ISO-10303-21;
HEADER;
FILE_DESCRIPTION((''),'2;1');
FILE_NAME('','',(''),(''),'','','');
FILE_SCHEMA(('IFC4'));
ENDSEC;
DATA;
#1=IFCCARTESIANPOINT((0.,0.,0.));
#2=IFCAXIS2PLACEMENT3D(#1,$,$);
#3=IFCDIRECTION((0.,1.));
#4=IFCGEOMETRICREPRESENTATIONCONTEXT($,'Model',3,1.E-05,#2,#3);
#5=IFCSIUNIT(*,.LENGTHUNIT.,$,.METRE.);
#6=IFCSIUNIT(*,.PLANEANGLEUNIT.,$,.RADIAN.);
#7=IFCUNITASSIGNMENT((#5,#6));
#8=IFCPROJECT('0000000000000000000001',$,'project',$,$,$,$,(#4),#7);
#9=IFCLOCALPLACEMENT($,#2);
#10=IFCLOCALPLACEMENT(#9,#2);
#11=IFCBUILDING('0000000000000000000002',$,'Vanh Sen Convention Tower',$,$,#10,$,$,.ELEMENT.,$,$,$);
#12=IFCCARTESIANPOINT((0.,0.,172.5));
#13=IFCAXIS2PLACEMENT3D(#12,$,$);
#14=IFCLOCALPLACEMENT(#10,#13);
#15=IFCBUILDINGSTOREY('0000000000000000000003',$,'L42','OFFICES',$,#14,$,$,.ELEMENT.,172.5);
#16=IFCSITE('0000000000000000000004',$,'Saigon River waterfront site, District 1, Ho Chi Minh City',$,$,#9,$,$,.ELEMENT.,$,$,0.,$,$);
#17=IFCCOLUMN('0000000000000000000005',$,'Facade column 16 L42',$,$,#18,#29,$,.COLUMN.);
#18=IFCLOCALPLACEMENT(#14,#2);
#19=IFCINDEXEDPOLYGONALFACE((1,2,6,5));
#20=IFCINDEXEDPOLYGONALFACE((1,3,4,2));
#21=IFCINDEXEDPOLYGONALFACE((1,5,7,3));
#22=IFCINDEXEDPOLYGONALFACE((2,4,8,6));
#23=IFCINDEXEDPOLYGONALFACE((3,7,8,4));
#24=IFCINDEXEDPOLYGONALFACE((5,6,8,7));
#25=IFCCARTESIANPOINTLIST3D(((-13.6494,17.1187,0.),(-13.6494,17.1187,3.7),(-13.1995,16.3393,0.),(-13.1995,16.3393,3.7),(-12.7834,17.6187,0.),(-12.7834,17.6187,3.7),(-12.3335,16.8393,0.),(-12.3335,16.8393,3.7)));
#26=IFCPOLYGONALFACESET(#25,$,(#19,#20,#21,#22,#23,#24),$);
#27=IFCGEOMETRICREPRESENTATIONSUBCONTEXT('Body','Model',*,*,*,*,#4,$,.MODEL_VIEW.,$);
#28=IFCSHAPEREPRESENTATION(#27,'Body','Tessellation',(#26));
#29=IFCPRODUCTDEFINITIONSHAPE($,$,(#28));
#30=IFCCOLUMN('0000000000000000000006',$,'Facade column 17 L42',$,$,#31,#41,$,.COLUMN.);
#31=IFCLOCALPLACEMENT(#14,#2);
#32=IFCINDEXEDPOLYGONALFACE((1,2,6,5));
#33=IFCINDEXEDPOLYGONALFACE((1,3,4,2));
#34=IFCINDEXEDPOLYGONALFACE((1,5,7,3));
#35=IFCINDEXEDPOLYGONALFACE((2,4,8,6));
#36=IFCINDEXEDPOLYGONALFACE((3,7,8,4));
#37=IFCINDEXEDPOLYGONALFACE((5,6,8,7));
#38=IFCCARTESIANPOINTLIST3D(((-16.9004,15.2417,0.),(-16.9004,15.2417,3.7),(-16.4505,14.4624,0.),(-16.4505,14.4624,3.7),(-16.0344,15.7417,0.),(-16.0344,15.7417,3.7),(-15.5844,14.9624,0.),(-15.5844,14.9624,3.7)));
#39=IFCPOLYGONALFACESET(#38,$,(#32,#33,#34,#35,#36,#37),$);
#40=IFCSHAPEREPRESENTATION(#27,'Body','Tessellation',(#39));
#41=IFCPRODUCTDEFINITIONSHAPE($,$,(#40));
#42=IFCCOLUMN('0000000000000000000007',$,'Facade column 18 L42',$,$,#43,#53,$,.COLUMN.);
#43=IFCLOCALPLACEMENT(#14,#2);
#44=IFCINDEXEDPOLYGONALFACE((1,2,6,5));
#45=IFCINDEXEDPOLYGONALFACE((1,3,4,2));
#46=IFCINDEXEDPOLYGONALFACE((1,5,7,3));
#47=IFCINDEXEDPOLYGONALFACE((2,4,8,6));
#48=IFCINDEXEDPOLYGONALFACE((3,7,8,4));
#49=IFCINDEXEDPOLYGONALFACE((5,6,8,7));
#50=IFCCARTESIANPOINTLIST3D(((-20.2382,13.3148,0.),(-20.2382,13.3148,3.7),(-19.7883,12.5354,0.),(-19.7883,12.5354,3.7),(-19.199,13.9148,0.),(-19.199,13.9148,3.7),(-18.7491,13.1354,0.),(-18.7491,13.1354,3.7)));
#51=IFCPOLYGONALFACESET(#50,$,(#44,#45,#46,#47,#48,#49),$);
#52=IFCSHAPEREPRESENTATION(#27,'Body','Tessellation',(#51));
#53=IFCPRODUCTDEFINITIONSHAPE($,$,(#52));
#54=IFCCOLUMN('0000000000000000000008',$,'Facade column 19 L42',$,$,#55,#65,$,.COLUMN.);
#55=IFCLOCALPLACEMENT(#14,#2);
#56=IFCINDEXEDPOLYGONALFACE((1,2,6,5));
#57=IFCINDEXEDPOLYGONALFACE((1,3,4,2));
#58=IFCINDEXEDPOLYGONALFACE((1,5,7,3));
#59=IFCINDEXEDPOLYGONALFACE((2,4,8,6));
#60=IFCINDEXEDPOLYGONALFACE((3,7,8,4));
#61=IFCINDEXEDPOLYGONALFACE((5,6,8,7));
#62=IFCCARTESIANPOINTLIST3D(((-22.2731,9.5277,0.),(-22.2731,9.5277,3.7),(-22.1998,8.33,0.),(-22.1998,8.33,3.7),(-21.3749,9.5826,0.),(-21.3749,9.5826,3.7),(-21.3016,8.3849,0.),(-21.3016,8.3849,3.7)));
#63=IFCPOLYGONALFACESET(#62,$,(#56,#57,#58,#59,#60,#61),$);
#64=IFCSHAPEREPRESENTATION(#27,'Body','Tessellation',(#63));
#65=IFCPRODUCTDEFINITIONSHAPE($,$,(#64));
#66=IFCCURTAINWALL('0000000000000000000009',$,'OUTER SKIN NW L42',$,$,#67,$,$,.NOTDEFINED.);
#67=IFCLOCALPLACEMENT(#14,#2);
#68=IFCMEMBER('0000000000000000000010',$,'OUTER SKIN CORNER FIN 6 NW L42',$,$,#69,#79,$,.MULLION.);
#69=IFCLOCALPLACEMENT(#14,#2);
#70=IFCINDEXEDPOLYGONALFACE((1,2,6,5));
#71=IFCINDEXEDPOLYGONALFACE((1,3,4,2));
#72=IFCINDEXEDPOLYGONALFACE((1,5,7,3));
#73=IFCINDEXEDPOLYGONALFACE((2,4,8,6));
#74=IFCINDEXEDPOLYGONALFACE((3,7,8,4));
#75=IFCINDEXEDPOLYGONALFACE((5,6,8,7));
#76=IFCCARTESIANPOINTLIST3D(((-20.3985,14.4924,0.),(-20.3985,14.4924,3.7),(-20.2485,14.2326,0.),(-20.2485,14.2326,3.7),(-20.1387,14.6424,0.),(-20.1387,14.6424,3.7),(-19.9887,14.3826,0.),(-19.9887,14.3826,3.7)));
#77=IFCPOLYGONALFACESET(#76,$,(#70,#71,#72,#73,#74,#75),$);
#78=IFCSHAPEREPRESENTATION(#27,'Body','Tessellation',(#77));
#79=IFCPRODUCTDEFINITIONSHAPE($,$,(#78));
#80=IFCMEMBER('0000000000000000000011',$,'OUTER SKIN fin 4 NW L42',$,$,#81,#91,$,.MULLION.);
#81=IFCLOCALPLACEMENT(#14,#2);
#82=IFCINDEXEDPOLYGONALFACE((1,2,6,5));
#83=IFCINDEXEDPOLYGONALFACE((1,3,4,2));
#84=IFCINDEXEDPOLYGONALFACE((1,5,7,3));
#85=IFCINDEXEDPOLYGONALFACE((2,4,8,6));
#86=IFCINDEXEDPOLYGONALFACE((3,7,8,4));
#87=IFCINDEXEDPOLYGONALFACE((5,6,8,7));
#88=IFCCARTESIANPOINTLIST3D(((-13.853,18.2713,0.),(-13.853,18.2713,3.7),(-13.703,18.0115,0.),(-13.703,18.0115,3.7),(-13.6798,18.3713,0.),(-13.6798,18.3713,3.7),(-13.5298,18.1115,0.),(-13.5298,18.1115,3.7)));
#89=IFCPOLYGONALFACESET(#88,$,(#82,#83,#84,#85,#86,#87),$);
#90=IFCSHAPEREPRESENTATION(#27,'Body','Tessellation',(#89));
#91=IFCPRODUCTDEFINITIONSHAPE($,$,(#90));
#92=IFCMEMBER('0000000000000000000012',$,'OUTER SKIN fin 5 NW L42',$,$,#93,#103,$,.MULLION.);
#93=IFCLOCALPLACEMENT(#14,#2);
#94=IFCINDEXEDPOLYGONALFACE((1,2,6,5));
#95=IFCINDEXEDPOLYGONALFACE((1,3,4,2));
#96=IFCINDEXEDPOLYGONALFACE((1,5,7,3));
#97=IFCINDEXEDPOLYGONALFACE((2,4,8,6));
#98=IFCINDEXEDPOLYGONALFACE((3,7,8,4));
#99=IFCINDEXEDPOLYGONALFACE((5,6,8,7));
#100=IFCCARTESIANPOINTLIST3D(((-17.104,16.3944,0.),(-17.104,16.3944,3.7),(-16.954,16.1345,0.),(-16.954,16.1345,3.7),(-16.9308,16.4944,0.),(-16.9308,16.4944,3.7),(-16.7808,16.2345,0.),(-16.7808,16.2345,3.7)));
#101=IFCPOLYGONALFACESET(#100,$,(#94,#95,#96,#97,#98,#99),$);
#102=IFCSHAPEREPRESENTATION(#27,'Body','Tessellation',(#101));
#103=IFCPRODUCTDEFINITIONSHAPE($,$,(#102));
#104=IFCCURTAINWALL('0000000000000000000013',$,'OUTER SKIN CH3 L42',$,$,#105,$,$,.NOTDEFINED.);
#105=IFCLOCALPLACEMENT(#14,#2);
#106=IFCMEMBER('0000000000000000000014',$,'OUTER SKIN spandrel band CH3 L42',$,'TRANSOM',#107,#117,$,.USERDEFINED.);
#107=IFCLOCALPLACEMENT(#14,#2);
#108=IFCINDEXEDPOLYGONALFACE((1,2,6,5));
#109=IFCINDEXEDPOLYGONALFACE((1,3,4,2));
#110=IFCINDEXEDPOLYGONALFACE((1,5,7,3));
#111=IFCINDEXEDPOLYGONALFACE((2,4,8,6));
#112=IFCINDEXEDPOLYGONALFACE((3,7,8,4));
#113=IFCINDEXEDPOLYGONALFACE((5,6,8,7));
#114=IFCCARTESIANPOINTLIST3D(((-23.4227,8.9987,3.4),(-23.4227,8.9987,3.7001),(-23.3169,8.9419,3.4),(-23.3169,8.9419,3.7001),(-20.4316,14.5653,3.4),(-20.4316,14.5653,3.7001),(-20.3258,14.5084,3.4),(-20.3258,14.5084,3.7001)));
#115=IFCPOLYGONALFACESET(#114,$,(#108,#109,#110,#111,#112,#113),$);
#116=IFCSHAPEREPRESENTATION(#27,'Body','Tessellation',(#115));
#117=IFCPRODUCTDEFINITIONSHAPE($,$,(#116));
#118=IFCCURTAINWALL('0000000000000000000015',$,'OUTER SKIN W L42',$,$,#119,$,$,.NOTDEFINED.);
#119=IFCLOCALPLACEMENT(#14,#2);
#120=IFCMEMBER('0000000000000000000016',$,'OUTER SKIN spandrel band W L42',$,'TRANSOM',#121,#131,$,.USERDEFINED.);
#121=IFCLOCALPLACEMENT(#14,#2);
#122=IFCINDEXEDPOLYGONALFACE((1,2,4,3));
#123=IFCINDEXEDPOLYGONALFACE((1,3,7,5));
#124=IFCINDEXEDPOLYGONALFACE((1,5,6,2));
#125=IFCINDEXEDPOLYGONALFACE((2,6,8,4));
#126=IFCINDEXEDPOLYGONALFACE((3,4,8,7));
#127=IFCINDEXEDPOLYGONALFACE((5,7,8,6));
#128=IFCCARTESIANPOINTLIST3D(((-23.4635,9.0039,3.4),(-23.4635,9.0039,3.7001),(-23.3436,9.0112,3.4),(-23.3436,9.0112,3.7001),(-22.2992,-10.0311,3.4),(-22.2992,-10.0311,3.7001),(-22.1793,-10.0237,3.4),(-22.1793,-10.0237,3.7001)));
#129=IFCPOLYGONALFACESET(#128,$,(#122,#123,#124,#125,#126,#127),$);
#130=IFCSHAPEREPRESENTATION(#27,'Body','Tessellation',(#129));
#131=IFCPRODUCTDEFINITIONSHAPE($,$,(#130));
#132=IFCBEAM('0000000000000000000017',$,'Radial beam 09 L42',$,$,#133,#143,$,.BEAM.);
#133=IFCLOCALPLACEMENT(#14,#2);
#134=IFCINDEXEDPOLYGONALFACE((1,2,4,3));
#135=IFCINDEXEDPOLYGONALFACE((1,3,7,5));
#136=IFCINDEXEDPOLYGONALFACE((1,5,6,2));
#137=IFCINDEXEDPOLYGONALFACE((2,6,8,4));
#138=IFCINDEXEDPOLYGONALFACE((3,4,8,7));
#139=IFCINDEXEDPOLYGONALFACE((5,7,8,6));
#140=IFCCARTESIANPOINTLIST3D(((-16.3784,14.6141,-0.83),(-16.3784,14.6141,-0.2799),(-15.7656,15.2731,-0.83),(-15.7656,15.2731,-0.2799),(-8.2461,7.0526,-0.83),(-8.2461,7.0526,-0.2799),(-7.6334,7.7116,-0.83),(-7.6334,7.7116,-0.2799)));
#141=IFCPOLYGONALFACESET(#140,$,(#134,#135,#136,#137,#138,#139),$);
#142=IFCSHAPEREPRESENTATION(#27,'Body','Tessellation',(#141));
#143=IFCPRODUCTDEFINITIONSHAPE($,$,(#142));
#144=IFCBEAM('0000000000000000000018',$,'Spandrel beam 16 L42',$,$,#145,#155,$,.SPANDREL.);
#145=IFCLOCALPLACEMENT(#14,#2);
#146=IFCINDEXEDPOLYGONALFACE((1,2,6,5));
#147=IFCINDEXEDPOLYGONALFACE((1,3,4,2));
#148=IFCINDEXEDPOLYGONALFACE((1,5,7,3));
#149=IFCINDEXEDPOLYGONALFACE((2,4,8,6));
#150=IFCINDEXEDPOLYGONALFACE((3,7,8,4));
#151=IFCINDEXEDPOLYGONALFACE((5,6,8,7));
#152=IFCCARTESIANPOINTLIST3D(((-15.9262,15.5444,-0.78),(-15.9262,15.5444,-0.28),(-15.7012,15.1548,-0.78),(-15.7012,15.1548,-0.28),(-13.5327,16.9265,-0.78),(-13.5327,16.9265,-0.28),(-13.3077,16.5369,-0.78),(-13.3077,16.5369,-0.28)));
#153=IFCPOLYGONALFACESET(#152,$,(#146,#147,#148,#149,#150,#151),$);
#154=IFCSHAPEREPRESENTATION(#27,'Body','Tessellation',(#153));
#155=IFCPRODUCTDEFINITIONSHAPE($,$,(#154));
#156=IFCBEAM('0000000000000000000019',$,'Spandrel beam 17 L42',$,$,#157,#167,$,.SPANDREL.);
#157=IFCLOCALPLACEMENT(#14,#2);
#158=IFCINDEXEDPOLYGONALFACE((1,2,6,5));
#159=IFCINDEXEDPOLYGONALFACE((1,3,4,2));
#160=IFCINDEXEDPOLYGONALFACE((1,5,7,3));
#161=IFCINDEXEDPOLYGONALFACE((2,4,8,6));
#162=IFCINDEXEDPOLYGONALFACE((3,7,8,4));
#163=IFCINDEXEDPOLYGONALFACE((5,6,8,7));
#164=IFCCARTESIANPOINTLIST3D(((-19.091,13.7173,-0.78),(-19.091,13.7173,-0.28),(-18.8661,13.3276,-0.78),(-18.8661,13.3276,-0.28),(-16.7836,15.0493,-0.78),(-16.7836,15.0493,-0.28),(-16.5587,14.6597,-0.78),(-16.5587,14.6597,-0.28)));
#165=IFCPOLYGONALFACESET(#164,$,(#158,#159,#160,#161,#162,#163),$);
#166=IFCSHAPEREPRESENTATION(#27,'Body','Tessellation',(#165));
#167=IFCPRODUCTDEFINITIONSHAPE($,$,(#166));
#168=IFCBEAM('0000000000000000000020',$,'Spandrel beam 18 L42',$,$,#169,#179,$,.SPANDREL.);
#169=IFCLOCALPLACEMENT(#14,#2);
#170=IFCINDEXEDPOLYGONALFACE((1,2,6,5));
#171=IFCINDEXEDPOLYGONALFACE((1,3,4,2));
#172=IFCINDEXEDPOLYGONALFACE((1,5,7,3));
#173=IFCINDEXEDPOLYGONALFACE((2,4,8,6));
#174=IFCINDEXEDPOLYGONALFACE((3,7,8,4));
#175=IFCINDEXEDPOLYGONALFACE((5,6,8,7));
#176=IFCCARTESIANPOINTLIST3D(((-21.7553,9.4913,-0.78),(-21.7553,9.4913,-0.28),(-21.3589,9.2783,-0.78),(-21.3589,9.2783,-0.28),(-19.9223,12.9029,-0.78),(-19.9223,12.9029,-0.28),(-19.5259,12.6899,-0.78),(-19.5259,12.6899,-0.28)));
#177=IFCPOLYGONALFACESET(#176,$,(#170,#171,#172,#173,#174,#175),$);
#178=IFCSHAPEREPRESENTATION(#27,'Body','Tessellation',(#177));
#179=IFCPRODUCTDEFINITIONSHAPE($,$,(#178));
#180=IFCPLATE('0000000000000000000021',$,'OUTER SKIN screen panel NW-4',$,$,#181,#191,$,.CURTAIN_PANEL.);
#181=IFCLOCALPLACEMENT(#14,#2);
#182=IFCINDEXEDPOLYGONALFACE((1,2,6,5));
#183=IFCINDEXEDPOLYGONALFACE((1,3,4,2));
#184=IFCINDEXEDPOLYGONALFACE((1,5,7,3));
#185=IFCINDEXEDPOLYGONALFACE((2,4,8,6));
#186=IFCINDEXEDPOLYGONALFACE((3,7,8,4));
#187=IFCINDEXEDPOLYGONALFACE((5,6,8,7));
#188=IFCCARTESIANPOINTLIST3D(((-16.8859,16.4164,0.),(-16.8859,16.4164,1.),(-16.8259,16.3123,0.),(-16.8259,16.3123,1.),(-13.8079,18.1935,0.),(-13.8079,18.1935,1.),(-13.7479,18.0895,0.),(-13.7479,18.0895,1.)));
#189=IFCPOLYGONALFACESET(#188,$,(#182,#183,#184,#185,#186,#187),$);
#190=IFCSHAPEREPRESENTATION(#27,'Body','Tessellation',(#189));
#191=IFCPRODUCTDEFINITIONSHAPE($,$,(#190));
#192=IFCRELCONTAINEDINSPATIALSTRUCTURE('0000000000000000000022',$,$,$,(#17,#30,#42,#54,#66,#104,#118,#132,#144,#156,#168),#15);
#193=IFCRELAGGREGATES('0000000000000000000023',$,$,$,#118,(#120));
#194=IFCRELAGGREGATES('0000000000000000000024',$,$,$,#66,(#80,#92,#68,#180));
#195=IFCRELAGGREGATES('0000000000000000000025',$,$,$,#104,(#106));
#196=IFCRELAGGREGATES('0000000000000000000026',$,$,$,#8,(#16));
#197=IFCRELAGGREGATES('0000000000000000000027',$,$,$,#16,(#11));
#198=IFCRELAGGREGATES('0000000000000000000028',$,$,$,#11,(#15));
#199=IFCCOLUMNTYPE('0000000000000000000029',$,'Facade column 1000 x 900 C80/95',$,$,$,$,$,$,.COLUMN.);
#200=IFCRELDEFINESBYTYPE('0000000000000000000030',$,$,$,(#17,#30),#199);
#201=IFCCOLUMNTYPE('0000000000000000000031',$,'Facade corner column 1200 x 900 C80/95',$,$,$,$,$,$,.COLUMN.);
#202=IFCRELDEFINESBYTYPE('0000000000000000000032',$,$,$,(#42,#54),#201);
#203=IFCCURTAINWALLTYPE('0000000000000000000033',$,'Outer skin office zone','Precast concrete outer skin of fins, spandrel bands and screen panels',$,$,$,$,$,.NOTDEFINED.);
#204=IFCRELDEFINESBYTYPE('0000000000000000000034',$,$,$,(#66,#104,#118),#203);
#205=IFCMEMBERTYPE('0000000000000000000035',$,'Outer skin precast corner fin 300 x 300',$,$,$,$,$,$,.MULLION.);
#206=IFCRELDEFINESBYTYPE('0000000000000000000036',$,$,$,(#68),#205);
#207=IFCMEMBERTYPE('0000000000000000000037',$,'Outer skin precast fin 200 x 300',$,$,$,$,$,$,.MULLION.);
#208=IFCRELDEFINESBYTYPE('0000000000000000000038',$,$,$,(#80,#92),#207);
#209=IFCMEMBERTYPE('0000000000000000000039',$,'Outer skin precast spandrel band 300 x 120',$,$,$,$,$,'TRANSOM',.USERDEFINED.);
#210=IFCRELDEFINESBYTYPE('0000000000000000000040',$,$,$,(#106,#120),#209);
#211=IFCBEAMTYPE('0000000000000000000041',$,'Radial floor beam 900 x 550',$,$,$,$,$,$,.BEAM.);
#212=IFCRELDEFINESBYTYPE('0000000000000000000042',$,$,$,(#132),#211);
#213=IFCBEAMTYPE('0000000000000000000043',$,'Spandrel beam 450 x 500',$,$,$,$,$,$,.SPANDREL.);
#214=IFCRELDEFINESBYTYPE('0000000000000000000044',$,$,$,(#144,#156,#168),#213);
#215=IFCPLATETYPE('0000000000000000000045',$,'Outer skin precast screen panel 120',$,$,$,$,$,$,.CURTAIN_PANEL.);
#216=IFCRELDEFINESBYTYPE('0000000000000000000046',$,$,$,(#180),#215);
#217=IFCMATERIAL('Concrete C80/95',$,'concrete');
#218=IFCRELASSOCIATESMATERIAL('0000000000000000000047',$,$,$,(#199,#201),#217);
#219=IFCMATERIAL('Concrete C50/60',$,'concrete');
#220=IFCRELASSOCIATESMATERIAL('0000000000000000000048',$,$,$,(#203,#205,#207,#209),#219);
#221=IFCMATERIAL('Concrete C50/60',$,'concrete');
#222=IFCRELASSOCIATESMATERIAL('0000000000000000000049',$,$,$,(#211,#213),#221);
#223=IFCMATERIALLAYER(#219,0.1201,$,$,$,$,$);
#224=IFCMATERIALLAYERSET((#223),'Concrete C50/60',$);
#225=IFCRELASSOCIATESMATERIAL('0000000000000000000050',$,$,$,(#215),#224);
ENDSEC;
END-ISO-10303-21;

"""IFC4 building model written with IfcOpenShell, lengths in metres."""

from ifc_helpers import new_model, si_unit, direction, frame, origin, origin_2d, place, context, subcontext, project, spatial, rectangle, extrude, material, layer, layer_set, material_profile, profile_set, type_object, element, aggregate, save


model = new_model("IFC4")

# Units and contexts
model_context = context("Model", 3, precision=1e-05, world=origin(), true_north=direction((0.0, 1.0)))
body_context = subcontext(model_context, "Body", "Model", "MODEL_VIEW")
ifc_project = project(units=[si_unit("LENGTHUNIT", "METRE"), si_unit("PLANEANGLEUNIT", "RADIAN")], contexts=[model_context])

# Site, building, storey
site_placement = place(None, origin())
site = spatial("IfcSite", under=ifc_project, at=site_placement, Name="Saigon River waterfront site, District 1, Ho Chi Minh City", CompositionType="ELEMENT", RefElevation=0.0)
building_placement = place(site_placement, origin())
building = spatial("IfcBuilding", under=site, at=building_placement, Name="Vanh Sen Convention Tower", CompositionType="ELEMENT")
storey_placement = place(building_placement, frame((0.0, 0.0, 172.5)))
storey = spatial("IfcBuildingStorey", under=building, at=storey_placement, Name="L42", Description="OFFICES", CompositionType="ELEMENT", Elevation=172.5)

# Columns
ifc_material_1 = material(Name="Concrete C80/95", Category="concrete")
ifc_material_profile_1 = material_profile(ifc_material_1, rectangle(XDim=1.0, YDim=0.8999, at=origin_2d()), Name="RC 1000X900")
ifc_profile_set_1 = profile_set([ifc_material_profile_1], Name="Concrete C80/95")
column_type_1 = type_object("IfcColumnType", Name="Facade column 1000 x 900 C80/95", PredefinedType="COLUMN", material=ifc_profile_set_1)
for number, where, z_axis, x_axis, name in (
    (1, (-12.9915, 16.979, 0.0), (0.0, 0.0, 1.0), (-0.866025, -0.5, 0.0), "Facade column 16 L42"),
    (2, (-16.2424, 15.1021, 0.0), (0.0, 0.0, 1.0), (-0.866025, -0.5, 0.0), "Facade column 17 L42"),
):
    element("IfcColumn", number, at=place(storey_placement, frame(where, z_axis=z_axis, x_axis=x_axis)), inside=storey, type_object=column_type_1, Name=name, PredefinedType="COLUMN", context=body_context, shape_type="SweptSolid", body=[
        extrude(rectangle(XDim=1.0, YDim=0.8999, at=origin_2d()), origin(), (0.0, 0.0, 1.0), 3.7),
    ])
ifc_material_profile_2 = material_profile(ifc_material_1, rectangle(XDim=1.2, YDim=0.8999, at=origin_2d()), Name="RC 1200X900")
ifc_profile_set_2 = profile_set([ifc_material_profile_2], Name="Concrete C80/95")
column_type_2 = type_object("IfcColumnType", Name="Facade corner column 1200 x 900 C80/95", PredefinedType="COLUMN", material=ifc_profile_set_2)
for number, where, z_axis, x_axis, name in (
    (3, (-19.4937, 13.2251, 0.0), (0.0, 0.0, 1.0), (-0.866025, -0.5, 0.0), "Facade column 18 L42"),
    (4, (-21.7874, 8.9563, 0.0), (0.0, 0.0, 1.0), (0.061049, -0.998135, 0.0), "Facade column 19 L42"),
):
    element("IfcColumn", number, at=place(storey_placement, frame(where, z_axis=z_axis, x_axis=x_axis)), inside=storey, type_object=column_type_2, Name=name, PredefinedType="COLUMN", context=body_context, shape_type="SweptSolid", body=[
        extrude(rectangle(XDim=1.2, YDim=0.8999, at=origin_2d()), origin(), (0.0, 0.0, 1.0), 3.7),
    ])

# Curtain wall, members
ifc_material_2 = material(Name="Concrete C50/60", Category="concrete")
curtain_wall_type = type_object("IfcCurtainWallType", Name="Outer skin office zone", Description="Precast concrete outer skin of fins, spandrel bands and screen panels", PredefinedType="NOTDEFINED", material=ifc_material_2)
curtain_wall_1_placement = place(storey_placement, origin())
curtain_wall_1 = element("IfcCurtainWall", 5, at=curtain_wall_1_placement, inside=storey, type_object=curtain_wall_type, Name="OUTER SKIN NW L42", PredefinedType="NOTDEFINED")
ifc_material_profile_3 = material_profile(ifc_material_2, rectangle(XDim=0.3, YDim=0.3, at=origin_2d()), Name="Outer skin precast corner fin 300 x 300")
ifc_profile_set_3 = profile_set([ifc_material_profile_3], Name="Concrete C50/60")
member_type_1 = type_object("IfcMemberType", Name="Outer skin precast corner fin 300 x 300", PredefinedType="MULLION", material=ifc_profile_set_3)
member_1_placement = place(storey_placement, frame((-20.1936, 14.4375, 0.0), z_axis=(0.0, 0.0, 1.0), x_axis=(-0.866025, -0.5, 0.0)))
member_1 = element("IfcMember", 6, at=member_1_placement, type_object=member_type_1, Name="OUTER SKIN CORNER FIN 6 NW L42", PredefinedType="MULLION", context=body_context, shape_type="SweptSolid", body=[
    extrude(rectangle(XDim=0.3, YDim=0.3, at=origin_2d()), origin(), (0.0, 0.0, 1.0), 3.7),
])
ifc_material_profile_4 = material_profile(ifc_material_2, rectangle(XDim=0.2, YDim=0.3, at=origin_2d()), Name="Outer skin precast fin 200 x 300")
ifc_profile_set_4 = profile_set([ifc_material_profile_4], Name="Concrete C50/60")
member_type_2 = type_object("IfcMemberType", Name="Outer skin precast fin 200 x 300", PredefinedType="MULLION", material=ifc_profile_set_4)
member_2_placement = place(storey_placement, frame((-13.6914, 18.1914, 0.0), z_axis=(0.0, 0.0, 1.0), x_axis=(-0.866025, -0.5, 0.0)))
member_2 = element("IfcMember", 7, at=member_2_placement, type_object=member_type_2, Name="OUTER SKIN fin 4 NW L42", PredefinedType="MULLION", context=body_context, shape_type="SweptSolid", body=[
    extrude(rectangle(XDim=0.2, YDim=0.3, at=origin_2d()), origin(), (0.0, 0.0, 1.0), 3.7),
])
member_3_placement = place(storey_placement, frame((-16.9424, 16.3145, 0.0), z_axis=(0.0, 0.0, 1.0), x_axis=(-0.866025, -0.5, 0.0)))
member_3 = element("IfcMember", 8, at=member_3_placement, type_object=member_type_2, Name="OUTER SKIN fin 5 NW L42", PredefinedType="MULLION", context=body_context, shape_type="SweptSolid", body=[
    extrude(rectangle(XDim=0.2, YDim=0.3, at=origin_2d()), origin(), (0.0, 0.0, 1.0), 3.7),
])

# Curtain walls, members
curtain_wall_2_placement = place(storey_placement, origin())
curtain_wall_2 = element("IfcCurtainWall", 9, at=curtain_wall_2_placement, inside=storey, type_object=curtain_wall_type, Name="OUTER SKIN CH3 L42", PredefinedType="NOTDEFINED")
ifc_material_profile_5 = material_profile(ifc_material_2, rectangle(XDim=0.1201, YDim=0.3, at=origin_2d()), Name="Outer skin precast spandrel band 300 x 120")
ifc_profile_set_5 = profile_set([ifc_material_profile_5], Name="Concrete C50/60")
member_type_3 = type_object("IfcMemberType", Name="Outer skin precast spandrel band 300 x 120", ElementType="TRANSOM", PredefinedType="USERDEFINED", material=ifc_profile_set_5)
member_4_placement = place(storey_placement, frame((-20.3787, 14.5369, 3.55), z_axis=(-0.473337, -0.880881, 0.0), x_axis=(0.880881, -0.473337, 0.0)))
member_4 = element("IfcMember", 10, at=member_4_placement, type_object=member_type_3, Name="OUTER SKIN spandrel band CH3 L42", ObjectType="TRANSOM", PredefinedType="USERDEFINED", context=body_context, shape_type="SweptSolid", body=[
    extrude(rectangle(XDim=0.1201, YDim=0.3, at=origin_2d()), origin(), (0.0, 0.0, 1.0), 6.3193),
])
curtain_wall_3_placement = place(storey_placement, origin())
curtain_wall_3 = element("IfcCurtainWall", 11, at=curtain_wall_3_placement, inside=storey, type_object=curtain_wall_type, Name="OUTER SKIN W L42", PredefinedType="NOTDEFINED")
member_5_placement = place(storey_placement, frame((-23.4036, 9.0076, 3.55), z_axis=(0.061053, -0.998135, 0.0), x_axis=(0.998135, 0.061053, 0.0)))
member_5 = element("IfcMember", 12, at=member_5_placement, type_object=member_type_3, Name="OUTER SKIN spandrel band W L42", ObjectType="TRANSOM", PredefinedType="USERDEFINED", context=body_context, shape_type="SweptSolid", body=[
    extrude(rectangle(XDim=0.1201, YDim=0.3, at=origin_2d()), origin(), (0.0, 0.0, 1.0), 19.0706),
])
aggregate(curtain_wall_3, [member_5])

# Beams
ifc_material_3 = material(Name="Concrete C50/60", Category="concrete")
ifc_material_profile_6 = material_profile(ifc_material_3, rectangle(XDim=0.8999, YDim=0.55, at=origin_2d()), Name="RC 900X550")
ifc_profile_set_6 = profile_set([ifc_material_profile_6], Name="Concrete C50/60")
beam_type_1 = type_object("IfcBeamType", Name="Radial floor beam 900 x 550", PredefinedType="BEAM", material=ifc_profile_set_6)
beam_1_placement = place(storey_placement, frame((-16.072, 14.9436, -0.5549), z_axis=(0.732341, -0.680938, 0.0), x_axis=(0.680938, 0.732341, 0.0)))
element("IfcBeam", 13, at=beam_1_placement, inside=storey, type_object=beam_type_1, Name="Radial beam 09 L42", PredefinedType="BEAM", context=body_context, shape_type="SweptSolid", body=[
    extrude(rectangle(XDim=0.8999, YDim=0.55, at=origin_2d()), origin(), (0.0, 0.0, 1.0), 11.1045),
])
ifc_material_profile_7 = material_profile(ifc_material_3, rectangle(XDim=0.45, YDim=0.5, at=origin_2d()), Name="RC 450X500")
ifc_profile_set_7 = profile_set([ifc_material_profile_7], Name="Concrete C50/60")
beam_type_2 = type_object("IfcBeamType", Name="Spandrel beam 450 x 500", PredefinedType="SPANDREL", material=ifc_profile_set_7)
beam_2_placement = place(storey_placement, frame((-13.4202, 16.7317, -0.53), z_axis=(-0.866, -0.500044, 0.0), x_axis=(0.500044, -0.866, 0.0)))
element("IfcBeam", 14, at=beam_2_placement, inside=storey, type_object=beam_type_2, Name="Spandrel beam 16 L42", PredefinedType="SPANDREL", context=body_context, shape_type="SweptSolid", body=[
    extrude(rectangle(XDim=0.45, YDim=0.5, at=origin_2d()), origin(), (0.0, 0.0, 1.0), 2.7639),
])
beam_3_placement = place(storey_placement, frame((-16.6711, 14.8545, -0.53), z_axis=(-0.866047, -0.499963, 0.0), x_axis=(0.499963, -0.866047, 0.0)))
element("IfcBeam", 15, at=beam_3_placement, inside=storey, type_object=beam_type_2, Name="Spandrel beam 17 L42", PredefinedType="SPANDREL", context=body_context, shape_type="SweptSolid", body=[
    extrude(rectangle(XDim=0.45, YDim=0.5, at=origin_2d()), origin(), (0.0, 0.0, 1.0), 2.6643),
])
beam_4_placement = place(storey_placement, frame((-19.7241, 12.7964, -0.53), z_axis=(-0.473295, -0.880904, 0.0), x_axis=(0.880904, -0.473295, 0.0)))
element("IfcBeam", 16, at=beam_4_placement, inside=storey, type_object=beam_type_2, Name="Spandrel beam 18 L42", PredefinedType="SPANDREL", context=body_context, shape_type="SweptSolid", body=[
    extrude(rectangle(XDim=0.45, YDim=0.5, at=origin_2d()), origin(), (0.0, 0.0, 1.0), 3.8728),
])

# Plate
ifc_layer_1 = layer(ifc_material_2, 0.1201)
ifc_layer_set_1 = layer_set([ifc_layer_1], Name="Concrete C50/60")
plate_type = type_object("IfcPlateType", Name="Outer skin precast screen panel 120", PredefinedType="CURTAIN_PANEL", material=ifc_layer_set_1)
plate_1_placement = place(storey_placement, frame((-15.3169, 17.2529, 0.0), z_axis=(0.0, 0.0, 1.0), x_axis=(-0.866017, -0.500015, 0.0)))
plate_1 = element("IfcPlate", 17, at=plate_1_placement, type_object=plate_type, Name="OUTER SKIN screen panel NW-4", PredefinedType="CURTAIN_PANEL", context=body_context, shape_type="SweptSolid", body=[
    extrude(rectangle(XDim=3.5542, YDim=0.1201, at=origin_2d()), origin(), (0.0, 0.0, 1.0), 1.0),
])
aggregate(curtain_wall_1, [member_2, member_3, member_1, plate_1])
aggregate(curtain_wall_2, [member_4])

save(model, "model.ifc")
